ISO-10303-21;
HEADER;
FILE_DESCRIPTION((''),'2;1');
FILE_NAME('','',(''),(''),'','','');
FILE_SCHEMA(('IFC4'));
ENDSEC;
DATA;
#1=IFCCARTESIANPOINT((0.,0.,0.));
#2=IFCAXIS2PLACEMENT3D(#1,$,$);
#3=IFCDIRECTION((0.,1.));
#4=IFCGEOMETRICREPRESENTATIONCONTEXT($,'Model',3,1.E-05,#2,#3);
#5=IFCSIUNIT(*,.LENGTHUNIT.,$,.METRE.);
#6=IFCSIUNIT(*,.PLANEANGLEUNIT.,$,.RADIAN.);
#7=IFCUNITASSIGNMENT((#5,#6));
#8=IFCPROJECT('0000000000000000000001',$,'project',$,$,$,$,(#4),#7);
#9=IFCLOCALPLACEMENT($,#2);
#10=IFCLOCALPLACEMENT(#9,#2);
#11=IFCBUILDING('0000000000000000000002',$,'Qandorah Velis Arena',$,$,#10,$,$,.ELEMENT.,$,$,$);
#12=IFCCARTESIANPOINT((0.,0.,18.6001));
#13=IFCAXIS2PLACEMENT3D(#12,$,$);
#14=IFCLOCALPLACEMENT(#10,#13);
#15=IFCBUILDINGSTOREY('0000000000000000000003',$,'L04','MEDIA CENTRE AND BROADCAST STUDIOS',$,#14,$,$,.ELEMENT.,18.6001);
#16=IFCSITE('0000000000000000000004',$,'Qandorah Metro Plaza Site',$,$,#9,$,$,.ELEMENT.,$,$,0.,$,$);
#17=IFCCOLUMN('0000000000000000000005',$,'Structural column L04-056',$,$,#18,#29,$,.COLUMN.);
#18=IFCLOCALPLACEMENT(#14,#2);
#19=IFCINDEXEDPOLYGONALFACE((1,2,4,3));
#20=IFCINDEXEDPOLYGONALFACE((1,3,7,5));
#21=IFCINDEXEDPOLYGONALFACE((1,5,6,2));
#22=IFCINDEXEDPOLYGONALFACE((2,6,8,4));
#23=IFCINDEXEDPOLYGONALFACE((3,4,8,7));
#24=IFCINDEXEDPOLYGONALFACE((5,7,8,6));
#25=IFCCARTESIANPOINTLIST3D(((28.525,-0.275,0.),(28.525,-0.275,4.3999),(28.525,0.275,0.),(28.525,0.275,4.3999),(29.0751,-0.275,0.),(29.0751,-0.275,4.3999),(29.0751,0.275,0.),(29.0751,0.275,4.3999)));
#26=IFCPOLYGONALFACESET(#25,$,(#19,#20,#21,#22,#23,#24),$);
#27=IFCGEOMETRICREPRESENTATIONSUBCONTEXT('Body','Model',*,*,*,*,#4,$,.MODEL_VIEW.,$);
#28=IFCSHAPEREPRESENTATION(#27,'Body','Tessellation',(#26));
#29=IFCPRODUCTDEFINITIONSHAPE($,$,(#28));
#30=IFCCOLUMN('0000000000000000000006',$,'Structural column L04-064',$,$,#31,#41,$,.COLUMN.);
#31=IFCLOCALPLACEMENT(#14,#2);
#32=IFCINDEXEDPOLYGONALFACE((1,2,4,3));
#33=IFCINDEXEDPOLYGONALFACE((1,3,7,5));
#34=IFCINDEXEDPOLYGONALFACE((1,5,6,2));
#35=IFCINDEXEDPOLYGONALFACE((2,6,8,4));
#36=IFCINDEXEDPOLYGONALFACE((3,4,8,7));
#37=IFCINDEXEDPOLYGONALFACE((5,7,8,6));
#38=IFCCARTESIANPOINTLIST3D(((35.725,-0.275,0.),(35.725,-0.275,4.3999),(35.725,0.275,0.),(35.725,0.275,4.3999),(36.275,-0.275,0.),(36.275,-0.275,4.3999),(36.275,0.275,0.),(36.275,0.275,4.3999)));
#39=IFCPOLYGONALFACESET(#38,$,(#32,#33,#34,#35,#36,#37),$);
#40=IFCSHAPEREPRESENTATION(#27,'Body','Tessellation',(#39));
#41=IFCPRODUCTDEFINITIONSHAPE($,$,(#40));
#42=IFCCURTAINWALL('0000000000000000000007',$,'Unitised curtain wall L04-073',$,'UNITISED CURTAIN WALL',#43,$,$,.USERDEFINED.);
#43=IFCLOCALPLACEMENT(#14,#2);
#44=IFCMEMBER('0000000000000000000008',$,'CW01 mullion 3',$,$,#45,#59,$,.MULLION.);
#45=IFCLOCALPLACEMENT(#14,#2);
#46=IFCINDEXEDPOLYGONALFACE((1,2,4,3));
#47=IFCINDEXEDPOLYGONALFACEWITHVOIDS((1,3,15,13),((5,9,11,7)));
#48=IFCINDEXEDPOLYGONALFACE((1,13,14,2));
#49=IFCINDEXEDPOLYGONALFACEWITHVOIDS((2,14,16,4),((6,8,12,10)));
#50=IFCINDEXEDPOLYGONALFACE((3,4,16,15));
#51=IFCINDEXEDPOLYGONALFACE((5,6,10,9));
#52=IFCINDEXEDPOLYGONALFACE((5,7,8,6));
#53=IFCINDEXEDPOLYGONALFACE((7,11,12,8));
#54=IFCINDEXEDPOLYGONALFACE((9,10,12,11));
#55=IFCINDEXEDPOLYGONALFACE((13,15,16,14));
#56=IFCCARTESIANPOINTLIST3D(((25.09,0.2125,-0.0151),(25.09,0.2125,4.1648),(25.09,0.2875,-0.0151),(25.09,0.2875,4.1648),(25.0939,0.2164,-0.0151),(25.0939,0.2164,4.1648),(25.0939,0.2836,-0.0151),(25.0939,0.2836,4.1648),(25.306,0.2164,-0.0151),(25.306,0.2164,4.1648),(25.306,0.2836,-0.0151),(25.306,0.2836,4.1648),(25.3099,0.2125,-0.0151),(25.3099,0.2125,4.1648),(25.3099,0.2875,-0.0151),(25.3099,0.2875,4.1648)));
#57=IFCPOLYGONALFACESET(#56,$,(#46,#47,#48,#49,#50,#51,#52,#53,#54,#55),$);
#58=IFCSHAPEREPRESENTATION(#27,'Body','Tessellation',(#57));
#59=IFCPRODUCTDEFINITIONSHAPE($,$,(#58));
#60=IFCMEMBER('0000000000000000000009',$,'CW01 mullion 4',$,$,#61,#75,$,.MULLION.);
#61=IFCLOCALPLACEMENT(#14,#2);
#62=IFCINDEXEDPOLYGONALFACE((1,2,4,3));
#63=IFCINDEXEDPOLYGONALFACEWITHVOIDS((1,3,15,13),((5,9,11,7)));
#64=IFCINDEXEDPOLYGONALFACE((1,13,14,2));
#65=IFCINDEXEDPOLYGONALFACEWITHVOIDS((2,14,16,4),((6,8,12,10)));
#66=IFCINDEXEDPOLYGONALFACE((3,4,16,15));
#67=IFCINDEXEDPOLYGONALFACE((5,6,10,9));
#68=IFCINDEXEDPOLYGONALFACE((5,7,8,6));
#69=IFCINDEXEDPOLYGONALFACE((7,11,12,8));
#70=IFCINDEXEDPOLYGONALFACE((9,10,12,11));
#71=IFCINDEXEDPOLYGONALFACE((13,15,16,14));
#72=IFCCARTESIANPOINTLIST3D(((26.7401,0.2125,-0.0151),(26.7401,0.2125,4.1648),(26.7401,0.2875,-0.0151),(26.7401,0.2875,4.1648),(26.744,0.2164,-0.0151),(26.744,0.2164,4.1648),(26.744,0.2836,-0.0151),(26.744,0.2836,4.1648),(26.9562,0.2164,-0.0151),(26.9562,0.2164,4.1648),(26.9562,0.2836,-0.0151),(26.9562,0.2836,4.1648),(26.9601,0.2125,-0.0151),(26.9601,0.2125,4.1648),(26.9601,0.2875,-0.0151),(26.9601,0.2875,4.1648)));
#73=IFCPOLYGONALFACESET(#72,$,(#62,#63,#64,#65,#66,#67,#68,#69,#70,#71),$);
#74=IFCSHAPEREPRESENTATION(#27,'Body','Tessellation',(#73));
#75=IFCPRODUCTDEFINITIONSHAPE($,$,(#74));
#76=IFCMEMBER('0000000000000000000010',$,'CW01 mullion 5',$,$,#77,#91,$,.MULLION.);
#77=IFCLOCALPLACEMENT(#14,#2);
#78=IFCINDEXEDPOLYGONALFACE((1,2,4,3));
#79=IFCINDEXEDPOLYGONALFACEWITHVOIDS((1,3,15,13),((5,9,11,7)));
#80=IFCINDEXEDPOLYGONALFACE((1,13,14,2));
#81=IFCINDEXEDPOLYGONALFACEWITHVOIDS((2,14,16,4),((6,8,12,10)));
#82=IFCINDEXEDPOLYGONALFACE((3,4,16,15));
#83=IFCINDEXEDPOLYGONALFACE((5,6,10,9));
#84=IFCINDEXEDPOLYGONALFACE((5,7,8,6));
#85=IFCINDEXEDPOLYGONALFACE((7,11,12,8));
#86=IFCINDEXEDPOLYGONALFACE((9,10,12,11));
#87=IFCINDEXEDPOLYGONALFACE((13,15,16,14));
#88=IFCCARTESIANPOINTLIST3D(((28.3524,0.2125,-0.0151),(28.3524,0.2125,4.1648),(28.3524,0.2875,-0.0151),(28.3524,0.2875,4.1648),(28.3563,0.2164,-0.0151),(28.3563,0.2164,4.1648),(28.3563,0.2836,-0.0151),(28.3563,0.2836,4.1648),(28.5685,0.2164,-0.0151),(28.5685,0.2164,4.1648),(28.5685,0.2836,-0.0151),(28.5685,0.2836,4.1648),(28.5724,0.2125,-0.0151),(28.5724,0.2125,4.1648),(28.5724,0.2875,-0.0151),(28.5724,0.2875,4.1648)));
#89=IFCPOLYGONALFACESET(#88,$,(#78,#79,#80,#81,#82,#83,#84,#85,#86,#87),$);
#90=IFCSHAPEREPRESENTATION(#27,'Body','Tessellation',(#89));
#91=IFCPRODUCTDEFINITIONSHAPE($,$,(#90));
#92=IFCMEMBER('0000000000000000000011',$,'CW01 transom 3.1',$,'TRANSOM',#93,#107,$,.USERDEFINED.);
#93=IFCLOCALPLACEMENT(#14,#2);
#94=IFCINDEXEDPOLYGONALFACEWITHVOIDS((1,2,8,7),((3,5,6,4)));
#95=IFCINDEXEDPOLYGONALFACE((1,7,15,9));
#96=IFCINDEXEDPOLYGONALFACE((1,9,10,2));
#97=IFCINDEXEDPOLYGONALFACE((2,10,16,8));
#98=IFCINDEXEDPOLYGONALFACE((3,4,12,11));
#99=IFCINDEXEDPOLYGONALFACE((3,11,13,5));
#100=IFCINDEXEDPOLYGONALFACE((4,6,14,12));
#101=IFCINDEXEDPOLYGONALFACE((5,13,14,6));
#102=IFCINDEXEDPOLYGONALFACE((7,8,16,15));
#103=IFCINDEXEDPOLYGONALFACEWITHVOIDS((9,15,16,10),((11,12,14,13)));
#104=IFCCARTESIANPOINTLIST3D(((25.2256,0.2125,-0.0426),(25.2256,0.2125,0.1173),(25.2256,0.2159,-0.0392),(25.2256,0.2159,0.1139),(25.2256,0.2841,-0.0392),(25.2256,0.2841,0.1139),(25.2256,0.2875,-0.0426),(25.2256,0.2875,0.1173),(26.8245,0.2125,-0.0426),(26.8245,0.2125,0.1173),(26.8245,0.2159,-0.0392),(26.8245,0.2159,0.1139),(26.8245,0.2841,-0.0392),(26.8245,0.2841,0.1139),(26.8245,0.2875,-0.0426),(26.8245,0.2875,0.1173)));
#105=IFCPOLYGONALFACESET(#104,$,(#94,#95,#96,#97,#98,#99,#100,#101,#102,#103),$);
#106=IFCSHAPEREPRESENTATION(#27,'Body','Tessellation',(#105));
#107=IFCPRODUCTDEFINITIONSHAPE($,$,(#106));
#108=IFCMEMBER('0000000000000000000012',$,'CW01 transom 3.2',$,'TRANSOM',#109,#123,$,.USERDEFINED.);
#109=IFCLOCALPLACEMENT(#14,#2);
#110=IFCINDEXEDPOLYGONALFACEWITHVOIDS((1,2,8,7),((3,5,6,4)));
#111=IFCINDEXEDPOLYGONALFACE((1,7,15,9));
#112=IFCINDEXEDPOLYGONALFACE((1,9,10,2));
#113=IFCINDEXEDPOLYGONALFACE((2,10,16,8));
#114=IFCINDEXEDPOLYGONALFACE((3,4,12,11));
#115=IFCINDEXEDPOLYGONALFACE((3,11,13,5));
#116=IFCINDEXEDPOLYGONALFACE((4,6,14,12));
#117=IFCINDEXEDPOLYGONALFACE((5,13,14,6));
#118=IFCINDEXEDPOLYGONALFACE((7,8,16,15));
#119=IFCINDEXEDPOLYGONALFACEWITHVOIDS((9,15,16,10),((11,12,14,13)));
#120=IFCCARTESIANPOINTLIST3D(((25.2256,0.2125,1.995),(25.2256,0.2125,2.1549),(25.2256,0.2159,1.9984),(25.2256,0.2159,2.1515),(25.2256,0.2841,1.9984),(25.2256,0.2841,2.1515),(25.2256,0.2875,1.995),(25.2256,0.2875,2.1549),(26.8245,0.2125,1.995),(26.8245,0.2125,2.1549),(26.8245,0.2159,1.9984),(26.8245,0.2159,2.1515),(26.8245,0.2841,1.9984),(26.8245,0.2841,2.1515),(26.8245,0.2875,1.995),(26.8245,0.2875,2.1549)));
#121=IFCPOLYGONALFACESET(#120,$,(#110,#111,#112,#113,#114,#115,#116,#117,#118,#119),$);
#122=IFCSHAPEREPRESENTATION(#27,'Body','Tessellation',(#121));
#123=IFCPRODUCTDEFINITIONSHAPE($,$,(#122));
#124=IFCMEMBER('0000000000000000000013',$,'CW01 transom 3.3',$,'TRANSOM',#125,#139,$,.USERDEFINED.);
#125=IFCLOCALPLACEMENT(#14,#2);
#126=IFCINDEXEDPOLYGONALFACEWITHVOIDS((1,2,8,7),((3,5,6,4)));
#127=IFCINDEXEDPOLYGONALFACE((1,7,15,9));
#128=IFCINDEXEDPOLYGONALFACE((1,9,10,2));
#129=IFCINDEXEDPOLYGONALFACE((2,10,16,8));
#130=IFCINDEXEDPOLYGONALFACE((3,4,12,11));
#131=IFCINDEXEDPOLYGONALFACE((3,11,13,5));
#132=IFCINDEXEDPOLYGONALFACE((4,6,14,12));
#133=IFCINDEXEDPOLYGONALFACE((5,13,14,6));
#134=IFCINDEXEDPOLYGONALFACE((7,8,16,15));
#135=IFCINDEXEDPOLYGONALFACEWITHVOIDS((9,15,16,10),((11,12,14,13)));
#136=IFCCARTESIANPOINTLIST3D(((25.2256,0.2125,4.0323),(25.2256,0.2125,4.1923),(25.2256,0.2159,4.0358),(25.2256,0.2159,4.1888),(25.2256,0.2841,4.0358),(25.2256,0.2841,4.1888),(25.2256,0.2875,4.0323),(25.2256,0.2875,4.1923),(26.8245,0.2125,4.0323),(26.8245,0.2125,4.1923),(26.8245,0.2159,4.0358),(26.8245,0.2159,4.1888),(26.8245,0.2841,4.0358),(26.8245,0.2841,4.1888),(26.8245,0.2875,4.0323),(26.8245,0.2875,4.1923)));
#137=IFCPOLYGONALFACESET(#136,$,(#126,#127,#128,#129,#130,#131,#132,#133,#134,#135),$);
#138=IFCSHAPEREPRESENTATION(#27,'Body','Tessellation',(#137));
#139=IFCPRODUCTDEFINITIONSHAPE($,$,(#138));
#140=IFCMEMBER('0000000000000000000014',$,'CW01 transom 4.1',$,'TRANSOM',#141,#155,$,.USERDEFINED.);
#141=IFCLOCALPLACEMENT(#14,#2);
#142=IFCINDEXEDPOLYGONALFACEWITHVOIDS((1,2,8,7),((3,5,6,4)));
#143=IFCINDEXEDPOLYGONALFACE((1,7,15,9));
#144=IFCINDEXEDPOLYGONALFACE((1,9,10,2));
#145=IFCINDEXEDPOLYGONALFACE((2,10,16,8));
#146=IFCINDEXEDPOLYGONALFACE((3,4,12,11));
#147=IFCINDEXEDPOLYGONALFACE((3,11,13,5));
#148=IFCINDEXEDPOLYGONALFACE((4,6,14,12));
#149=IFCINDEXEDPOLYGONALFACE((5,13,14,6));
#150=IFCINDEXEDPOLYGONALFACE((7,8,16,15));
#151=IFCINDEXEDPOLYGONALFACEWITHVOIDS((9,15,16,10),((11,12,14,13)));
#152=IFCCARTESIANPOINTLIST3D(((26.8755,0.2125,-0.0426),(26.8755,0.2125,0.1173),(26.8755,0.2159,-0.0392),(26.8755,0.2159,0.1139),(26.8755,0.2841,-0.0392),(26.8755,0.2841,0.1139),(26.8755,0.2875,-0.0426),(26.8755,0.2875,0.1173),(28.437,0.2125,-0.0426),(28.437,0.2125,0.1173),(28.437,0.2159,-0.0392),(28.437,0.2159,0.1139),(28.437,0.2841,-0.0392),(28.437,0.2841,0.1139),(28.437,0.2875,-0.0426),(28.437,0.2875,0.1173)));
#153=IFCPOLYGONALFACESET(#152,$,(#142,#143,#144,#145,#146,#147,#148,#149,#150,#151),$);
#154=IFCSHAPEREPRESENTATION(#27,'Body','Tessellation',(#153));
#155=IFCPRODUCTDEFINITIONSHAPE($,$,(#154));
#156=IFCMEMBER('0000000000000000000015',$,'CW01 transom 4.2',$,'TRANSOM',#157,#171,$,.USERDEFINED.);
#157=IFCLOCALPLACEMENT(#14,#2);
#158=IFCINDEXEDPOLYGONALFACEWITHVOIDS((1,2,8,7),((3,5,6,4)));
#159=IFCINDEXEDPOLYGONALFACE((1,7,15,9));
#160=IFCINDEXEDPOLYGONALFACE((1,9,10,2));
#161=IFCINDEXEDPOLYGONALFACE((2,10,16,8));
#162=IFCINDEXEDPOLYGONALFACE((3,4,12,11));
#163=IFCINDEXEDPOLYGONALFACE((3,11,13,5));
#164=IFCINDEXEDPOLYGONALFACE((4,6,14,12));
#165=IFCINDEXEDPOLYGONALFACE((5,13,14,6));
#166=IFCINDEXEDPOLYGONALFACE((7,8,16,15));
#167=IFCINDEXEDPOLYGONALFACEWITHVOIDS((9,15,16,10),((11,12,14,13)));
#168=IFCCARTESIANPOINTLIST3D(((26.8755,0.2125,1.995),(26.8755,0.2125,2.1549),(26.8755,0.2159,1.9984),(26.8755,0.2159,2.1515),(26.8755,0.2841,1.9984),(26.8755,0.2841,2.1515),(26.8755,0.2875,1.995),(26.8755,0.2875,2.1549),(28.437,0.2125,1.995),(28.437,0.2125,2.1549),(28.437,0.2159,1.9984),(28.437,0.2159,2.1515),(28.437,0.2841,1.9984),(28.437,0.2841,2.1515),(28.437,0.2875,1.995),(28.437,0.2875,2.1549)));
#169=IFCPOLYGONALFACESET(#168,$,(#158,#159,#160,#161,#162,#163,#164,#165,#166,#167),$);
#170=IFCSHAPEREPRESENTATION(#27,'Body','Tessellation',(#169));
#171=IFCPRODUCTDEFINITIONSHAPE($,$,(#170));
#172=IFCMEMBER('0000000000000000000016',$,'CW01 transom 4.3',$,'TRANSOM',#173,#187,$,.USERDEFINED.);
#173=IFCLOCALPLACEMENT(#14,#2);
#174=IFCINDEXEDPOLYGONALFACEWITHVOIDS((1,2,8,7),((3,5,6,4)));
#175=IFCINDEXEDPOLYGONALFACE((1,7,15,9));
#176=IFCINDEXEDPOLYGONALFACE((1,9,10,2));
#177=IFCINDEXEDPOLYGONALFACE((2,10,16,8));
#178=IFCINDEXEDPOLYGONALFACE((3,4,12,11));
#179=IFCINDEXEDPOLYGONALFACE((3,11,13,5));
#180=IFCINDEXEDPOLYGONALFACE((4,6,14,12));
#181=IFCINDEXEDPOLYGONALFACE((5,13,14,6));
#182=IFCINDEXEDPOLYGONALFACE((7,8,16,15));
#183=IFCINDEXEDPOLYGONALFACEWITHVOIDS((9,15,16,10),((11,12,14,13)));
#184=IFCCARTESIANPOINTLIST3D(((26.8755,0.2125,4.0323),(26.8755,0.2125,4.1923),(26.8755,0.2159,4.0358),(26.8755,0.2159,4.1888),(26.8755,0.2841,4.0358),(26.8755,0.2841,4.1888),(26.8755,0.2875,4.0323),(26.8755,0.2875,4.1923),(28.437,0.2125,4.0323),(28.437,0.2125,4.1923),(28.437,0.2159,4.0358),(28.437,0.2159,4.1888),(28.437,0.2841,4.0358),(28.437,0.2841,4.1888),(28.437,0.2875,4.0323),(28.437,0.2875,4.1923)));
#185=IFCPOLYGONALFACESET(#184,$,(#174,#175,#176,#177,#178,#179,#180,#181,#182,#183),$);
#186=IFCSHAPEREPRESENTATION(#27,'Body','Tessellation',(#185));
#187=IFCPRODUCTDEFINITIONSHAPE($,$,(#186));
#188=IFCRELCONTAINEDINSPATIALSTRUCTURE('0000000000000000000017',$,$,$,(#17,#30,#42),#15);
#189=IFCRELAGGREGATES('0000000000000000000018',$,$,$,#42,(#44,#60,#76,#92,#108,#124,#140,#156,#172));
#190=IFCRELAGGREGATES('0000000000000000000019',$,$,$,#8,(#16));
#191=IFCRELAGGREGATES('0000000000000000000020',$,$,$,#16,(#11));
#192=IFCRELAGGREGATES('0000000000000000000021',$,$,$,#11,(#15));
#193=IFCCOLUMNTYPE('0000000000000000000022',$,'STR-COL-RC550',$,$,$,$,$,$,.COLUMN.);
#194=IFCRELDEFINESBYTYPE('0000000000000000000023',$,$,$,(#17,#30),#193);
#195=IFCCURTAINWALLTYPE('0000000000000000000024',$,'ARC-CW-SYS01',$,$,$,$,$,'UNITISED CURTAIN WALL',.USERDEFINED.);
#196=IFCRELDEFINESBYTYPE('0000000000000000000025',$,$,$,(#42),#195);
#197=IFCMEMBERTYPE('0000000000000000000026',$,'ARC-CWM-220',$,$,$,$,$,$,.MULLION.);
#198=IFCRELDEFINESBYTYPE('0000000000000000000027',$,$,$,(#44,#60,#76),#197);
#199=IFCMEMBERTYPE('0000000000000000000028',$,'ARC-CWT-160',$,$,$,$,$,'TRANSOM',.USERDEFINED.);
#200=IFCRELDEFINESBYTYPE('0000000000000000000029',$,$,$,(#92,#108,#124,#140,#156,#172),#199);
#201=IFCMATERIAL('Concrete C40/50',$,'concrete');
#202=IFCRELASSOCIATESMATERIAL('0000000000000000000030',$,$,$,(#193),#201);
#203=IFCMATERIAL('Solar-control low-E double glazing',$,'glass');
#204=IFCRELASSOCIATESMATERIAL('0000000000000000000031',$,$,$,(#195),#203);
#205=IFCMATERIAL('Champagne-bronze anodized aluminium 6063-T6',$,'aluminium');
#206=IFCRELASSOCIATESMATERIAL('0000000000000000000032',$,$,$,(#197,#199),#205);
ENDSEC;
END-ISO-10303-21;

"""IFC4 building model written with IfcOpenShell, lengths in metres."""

from ifc_helpers import new_model, si_unit, direction, frame, origin, origin_2d, place, context, subcontext, project, spatial, rectangle, hollow_rectangle, extrude, material, material_profile, profile_set, type_object, element, aggregate, save


model = new_model("IFC4")

# Units and contexts
model_context = context("Model", 3, precision=1e-05, world=origin(), true_north=direction((0.0, 1.0)))
body_context = subcontext(model_context, "Body", "Model", "MODEL_VIEW")
ifc_project = project(units=[si_unit("LENGTHUNIT", "METRE"), si_unit("PLANEANGLEUNIT", "RADIAN")], contexts=[model_context])

# Site, building, storey
site_placement = place(None, origin())
site = spatial("IfcSite", under=ifc_project, at=site_placement, Name="Qandorah Metro Plaza Site", CompositionType="ELEMENT", RefElevation=0.0)
building_placement = place(site_placement, origin())
building = spatial("IfcBuilding", under=site, at=building_placement, Name="Qandorah Velis Arena", CompositionType="ELEMENT")
storey_placement = place(building_placement, frame((0.0, 0.0, 18.6001)))
storey = spatial("IfcBuildingStorey", under=building, at=storey_placement, Name="L04", Description="MEDIA CENTRE AND BROADCAST STUDIOS", CompositionType="ELEMENT", Elevation=18.6001)

# Columns
ifc_material_1 = material(Name="Concrete C40/50", Category="concrete")
ifc_material_profile_1 = material_profile(ifc_material_1, rectangle(XDim=0.55, YDim=0.55, at=origin_2d()), Name="RC COL 550x550")
ifc_profile_set_1 = profile_set([ifc_material_profile_1], Name="Concrete C40/50")
column_type = type_object("IfcColumnType", Name="STR-COL-RC550", PredefinedType="COLUMN", material=ifc_profile_set_1)
for number, where, z_axis, x_axis, name in (
    (1, (28.8, 0.0, 0.0), (0.0, 0.0, 1.0), (1.0, 0.0, 0.0), "Structural column L04-056"),
    (2, (36.0, 0.0, 0.0), (0.0, 0.0, 1.0), (1.0, 0.0, 0.0), "Structural column L04-064"),
):
    element("IfcColumn", number, at=place(storey_placement, frame(where, z_axis=z_axis, x_axis=x_axis)), inside=storey, type_object=column_type, Name=name, PredefinedType="COLUMN", context=body_context, shape_type="SweptSolid", body=[
        extrude(rectangle(XDim=0.55, YDim=0.55, at=origin_2d()), origin(), (0.0, 0.0, 1.0), 4.3999),
    ])

# Curtain wall, members
ifc_material_2 = material(Name="Solar-control low-E double glazing", Category="glass")
curtain_wall_type = type_object("IfcCurtainWallType", Name="ARC-CW-SYS01", ElementType="UNITISED CURTAIN WALL", PredefinedType="USERDEFINED", material=ifc_material_2)
curtain_wall_placement = place(storey_placement, origin())
curtain_wall = element("IfcCurtainWall", 3, at=curtain_wall_placement, inside=storey, type_object=curtain_wall_type, Name="Unitised curtain wall L04-073", ObjectType="UNITISED CURTAIN WALL", PredefinedType="USERDEFINED")
ifc_material_3 = material(Name="Champagne-bronze anodized aluminium 6063-T6", Category="aluminium")
ifc_material_profile_2 = material_profile(ifc_material_3, hollow_rectangle(XDim=0.075, YDim=0.22, WallThickness=0.0039, at=origin_2d()), Name="ALU MULLION 75x220")
ifc_profile_set_2 = profile_set([ifc_material_profile_2], Name="Champagne-bronze anodized aluminium 6063-T6")
member_type_1 = type_object("IfcMemberType", Name="ARC-CWM-220", PredefinedType="MULLION", material=ifc_profile_set_2)
member_1_placement = place(storey_placement, frame((25.2, 0.25, -0.0151), z_axis=(0.0, 0.0, 1.0), x_axis=(0.0, 1.0, 0.0)))
member_1 = element("IfcMember", 4, at=member_1_placement, type_object=member_type_1, Name="CW01 mullion 3", PredefinedType="MULLION", context=body_context, shape_type="SweptSolid", body=[
    extrude(hollow_rectangle(XDim=0.075, YDim=0.22, WallThickness=0.0039, at=origin_2d()), origin(), (0.0, 0.0, 1.0), 4.1799),
])
member_2_placement = place(storey_placement, frame((26.8501, 0.25, -0.0151), z_axis=(0.0, 0.0, 1.0), x_axis=(0.0, 1.0, 0.0)))
member_2 = element("IfcMember", 5, at=member_2_placement, type_object=member_type_1, Name="CW01 mullion 4", PredefinedType="MULLION", context=body_context, shape_type="SweptSolid", body=[
    extrude(hollow_rectangle(XDim=0.075, YDim=0.22, WallThickness=0.0039, at=origin_2d()), origin(), (0.0, 0.0, 1.0), 4.1799),
])
member_3_placement = place(storey_placement, frame((28.4624, 0.25, -0.0151), z_axis=(0.0, 0.0, 1.0), x_axis=(0.0, 1.0, 0.0)))
member_3 = element("IfcMember", 6, at=member_3_placement, type_object=member_type_1, Name="CW01 mullion 5", PredefinedType="MULLION", context=body_context, shape_type="SweptSolid", body=[
    extrude(hollow_rectangle(XDim=0.075, YDim=0.22, WallThickness=0.0039, at=origin_2d()), origin(), (0.0, 0.0, 1.0), 4.1799),
])
ifc_material_profile_3 = material_profile(ifc_material_3, hollow_rectangle(XDim=0.075, YDim=0.1599, WallThickness=0.0034, at=origin_2d()), Name="ALU TRANSOM 75x160")
ifc_profile_set_3 = profile_set([ifc_material_profile_3], Name="Champagne-bronze anodized aluminium 6063-T6")
member_type_2 = type_object("IfcMemberType", Name="ARC-CWT-160", ElementType="TRANSOM", PredefinedType="USERDEFINED", material=ifc_profile_set_3)
member_4_placement = place(storey_placement, frame((25.2256, 0.25, 0.0374), z_axis=(1.0, 0.0, 0.0), x_axis=(0.0, 1.0, 0.0)))
member_4 = element("IfcMember", 7, at=member_4_placement, type_object=member_type_2, Name="CW01 transom 3.1", ObjectType="TRANSOM", PredefinedType="USERDEFINED", context=body_context, shape_type="SweptSolid", body=[
    extrude(hollow_rectangle(XDim=0.075, YDim=0.1599, WallThickness=0.0034, at=origin_2d()), origin(), (0.0, 0.0, 1.0), 1.5989),
])
member_5_placement = place(storey_placement, frame((25.2256, 0.25, 2.075), z_axis=(1.0, 0.0, 0.0), x_axis=(0.0, 1.0, 0.0)))
member_5 = element("IfcMember", 8, at=member_5_placement, type_object=member_type_2, Name="CW01 transom 3.2", ObjectType="TRANSOM", PredefinedType="USERDEFINED", context=body_context, shape_type="SweptSolid", body=[
    extrude(hollow_rectangle(XDim=0.075, YDim=0.1599, WallThickness=0.0034, at=origin_2d()), origin(), (0.0, 0.0, 1.0), 1.5989),
])
member_6_placement = place(storey_placement, frame((25.2256, 0.25, 4.1123), z_axis=(1.0, 0.0, 0.0), x_axis=(0.0, 1.0, 0.0)))
member_6 = element("IfcMember", 9, at=member_6_placement, type_object=member_type_2, Name="CW01 transom 3.3", ObjectType="TRANSOM", PredefinedType="USERDEFINED", context=body_context, shape_type="SweptSolid", body=[
    extrude(hollow_rectangle(XDim=0.075, YDim=0.1599, WallThickness=0.0034, at=origin_2d()), origin(), (0.0, 0.0, 1.0), 1.5989),
])
member_7_placement = place(storey_placement, frame((26.8755, 0.25, 0.0374), z_axis=(1.0, 0.0, 0.0), x_axis=(0.0, 1.0, 0.0)))
member_7 = element("IfcMember", 10, at=member_7_placement, type_object=member_type_2, Name="CW01 transom 4.1", ObjectType="TRANSOM", PredefinedType="USERDEFINED", context=body_context, shape_type="SweptSolid", body=[
    extrude(hollow_rectangle(XDim=0.075, YDim=0.1599, WallThickness=0.0034, at=origin_2d()), origin(), (0.0, 0.0, 1.0), 1.5615),
])
member_8_placement = place(storey_placement, frame((26.8755, 0.25, 2.075), z_axis=(1.0, 0.0, 0.0), x_axis=(0.0, 1.0, 0.0)))
member_8 = element("IfcMember", 11, at=member_8_placement, type_object=member_type_2, Name="CW01 transom 4.2", ObjectType="TRANSOM", PredefinedType="USERDEFINED", context=body_context, shape_type="SweptSolid", body=[
    extrude(hollow_rectangle(XDim=0.075, YDim=0.1599, WallThickness=0.0034, at=origin_2d()), origin(), (0.0, 0.0, 1.0), 1.5615),
])
member_9_placement = place(storey_placement, frame((26.8755, 0.25, 4.1123), z_axis=(1.0, 0.0, 0.0), x_axis=(0.0, 1.0, 0.0)))
member_9 = element("IfcMember", 12, at=member_9_placement, type_object=member_type_2, Name="CW01 transom 4.3", ObjectType="TRANSOM", PredefinedType="USERDEFINED", context=body_context, shape_type="SweptSolid", body=[
    extrude(hollow_rectangle(XDim=0.075, YDim=0.1599, WallThickness=0.0034, at=origin_2d()), origin(), (0.0, 0.0, 1.0), 1.5615),
])

aggregate(curtain_wall, [member_1, member_2, member_3, member_4, member_5, member_6, member_7, member_8, member_9])

save(model, "model.ifc")
